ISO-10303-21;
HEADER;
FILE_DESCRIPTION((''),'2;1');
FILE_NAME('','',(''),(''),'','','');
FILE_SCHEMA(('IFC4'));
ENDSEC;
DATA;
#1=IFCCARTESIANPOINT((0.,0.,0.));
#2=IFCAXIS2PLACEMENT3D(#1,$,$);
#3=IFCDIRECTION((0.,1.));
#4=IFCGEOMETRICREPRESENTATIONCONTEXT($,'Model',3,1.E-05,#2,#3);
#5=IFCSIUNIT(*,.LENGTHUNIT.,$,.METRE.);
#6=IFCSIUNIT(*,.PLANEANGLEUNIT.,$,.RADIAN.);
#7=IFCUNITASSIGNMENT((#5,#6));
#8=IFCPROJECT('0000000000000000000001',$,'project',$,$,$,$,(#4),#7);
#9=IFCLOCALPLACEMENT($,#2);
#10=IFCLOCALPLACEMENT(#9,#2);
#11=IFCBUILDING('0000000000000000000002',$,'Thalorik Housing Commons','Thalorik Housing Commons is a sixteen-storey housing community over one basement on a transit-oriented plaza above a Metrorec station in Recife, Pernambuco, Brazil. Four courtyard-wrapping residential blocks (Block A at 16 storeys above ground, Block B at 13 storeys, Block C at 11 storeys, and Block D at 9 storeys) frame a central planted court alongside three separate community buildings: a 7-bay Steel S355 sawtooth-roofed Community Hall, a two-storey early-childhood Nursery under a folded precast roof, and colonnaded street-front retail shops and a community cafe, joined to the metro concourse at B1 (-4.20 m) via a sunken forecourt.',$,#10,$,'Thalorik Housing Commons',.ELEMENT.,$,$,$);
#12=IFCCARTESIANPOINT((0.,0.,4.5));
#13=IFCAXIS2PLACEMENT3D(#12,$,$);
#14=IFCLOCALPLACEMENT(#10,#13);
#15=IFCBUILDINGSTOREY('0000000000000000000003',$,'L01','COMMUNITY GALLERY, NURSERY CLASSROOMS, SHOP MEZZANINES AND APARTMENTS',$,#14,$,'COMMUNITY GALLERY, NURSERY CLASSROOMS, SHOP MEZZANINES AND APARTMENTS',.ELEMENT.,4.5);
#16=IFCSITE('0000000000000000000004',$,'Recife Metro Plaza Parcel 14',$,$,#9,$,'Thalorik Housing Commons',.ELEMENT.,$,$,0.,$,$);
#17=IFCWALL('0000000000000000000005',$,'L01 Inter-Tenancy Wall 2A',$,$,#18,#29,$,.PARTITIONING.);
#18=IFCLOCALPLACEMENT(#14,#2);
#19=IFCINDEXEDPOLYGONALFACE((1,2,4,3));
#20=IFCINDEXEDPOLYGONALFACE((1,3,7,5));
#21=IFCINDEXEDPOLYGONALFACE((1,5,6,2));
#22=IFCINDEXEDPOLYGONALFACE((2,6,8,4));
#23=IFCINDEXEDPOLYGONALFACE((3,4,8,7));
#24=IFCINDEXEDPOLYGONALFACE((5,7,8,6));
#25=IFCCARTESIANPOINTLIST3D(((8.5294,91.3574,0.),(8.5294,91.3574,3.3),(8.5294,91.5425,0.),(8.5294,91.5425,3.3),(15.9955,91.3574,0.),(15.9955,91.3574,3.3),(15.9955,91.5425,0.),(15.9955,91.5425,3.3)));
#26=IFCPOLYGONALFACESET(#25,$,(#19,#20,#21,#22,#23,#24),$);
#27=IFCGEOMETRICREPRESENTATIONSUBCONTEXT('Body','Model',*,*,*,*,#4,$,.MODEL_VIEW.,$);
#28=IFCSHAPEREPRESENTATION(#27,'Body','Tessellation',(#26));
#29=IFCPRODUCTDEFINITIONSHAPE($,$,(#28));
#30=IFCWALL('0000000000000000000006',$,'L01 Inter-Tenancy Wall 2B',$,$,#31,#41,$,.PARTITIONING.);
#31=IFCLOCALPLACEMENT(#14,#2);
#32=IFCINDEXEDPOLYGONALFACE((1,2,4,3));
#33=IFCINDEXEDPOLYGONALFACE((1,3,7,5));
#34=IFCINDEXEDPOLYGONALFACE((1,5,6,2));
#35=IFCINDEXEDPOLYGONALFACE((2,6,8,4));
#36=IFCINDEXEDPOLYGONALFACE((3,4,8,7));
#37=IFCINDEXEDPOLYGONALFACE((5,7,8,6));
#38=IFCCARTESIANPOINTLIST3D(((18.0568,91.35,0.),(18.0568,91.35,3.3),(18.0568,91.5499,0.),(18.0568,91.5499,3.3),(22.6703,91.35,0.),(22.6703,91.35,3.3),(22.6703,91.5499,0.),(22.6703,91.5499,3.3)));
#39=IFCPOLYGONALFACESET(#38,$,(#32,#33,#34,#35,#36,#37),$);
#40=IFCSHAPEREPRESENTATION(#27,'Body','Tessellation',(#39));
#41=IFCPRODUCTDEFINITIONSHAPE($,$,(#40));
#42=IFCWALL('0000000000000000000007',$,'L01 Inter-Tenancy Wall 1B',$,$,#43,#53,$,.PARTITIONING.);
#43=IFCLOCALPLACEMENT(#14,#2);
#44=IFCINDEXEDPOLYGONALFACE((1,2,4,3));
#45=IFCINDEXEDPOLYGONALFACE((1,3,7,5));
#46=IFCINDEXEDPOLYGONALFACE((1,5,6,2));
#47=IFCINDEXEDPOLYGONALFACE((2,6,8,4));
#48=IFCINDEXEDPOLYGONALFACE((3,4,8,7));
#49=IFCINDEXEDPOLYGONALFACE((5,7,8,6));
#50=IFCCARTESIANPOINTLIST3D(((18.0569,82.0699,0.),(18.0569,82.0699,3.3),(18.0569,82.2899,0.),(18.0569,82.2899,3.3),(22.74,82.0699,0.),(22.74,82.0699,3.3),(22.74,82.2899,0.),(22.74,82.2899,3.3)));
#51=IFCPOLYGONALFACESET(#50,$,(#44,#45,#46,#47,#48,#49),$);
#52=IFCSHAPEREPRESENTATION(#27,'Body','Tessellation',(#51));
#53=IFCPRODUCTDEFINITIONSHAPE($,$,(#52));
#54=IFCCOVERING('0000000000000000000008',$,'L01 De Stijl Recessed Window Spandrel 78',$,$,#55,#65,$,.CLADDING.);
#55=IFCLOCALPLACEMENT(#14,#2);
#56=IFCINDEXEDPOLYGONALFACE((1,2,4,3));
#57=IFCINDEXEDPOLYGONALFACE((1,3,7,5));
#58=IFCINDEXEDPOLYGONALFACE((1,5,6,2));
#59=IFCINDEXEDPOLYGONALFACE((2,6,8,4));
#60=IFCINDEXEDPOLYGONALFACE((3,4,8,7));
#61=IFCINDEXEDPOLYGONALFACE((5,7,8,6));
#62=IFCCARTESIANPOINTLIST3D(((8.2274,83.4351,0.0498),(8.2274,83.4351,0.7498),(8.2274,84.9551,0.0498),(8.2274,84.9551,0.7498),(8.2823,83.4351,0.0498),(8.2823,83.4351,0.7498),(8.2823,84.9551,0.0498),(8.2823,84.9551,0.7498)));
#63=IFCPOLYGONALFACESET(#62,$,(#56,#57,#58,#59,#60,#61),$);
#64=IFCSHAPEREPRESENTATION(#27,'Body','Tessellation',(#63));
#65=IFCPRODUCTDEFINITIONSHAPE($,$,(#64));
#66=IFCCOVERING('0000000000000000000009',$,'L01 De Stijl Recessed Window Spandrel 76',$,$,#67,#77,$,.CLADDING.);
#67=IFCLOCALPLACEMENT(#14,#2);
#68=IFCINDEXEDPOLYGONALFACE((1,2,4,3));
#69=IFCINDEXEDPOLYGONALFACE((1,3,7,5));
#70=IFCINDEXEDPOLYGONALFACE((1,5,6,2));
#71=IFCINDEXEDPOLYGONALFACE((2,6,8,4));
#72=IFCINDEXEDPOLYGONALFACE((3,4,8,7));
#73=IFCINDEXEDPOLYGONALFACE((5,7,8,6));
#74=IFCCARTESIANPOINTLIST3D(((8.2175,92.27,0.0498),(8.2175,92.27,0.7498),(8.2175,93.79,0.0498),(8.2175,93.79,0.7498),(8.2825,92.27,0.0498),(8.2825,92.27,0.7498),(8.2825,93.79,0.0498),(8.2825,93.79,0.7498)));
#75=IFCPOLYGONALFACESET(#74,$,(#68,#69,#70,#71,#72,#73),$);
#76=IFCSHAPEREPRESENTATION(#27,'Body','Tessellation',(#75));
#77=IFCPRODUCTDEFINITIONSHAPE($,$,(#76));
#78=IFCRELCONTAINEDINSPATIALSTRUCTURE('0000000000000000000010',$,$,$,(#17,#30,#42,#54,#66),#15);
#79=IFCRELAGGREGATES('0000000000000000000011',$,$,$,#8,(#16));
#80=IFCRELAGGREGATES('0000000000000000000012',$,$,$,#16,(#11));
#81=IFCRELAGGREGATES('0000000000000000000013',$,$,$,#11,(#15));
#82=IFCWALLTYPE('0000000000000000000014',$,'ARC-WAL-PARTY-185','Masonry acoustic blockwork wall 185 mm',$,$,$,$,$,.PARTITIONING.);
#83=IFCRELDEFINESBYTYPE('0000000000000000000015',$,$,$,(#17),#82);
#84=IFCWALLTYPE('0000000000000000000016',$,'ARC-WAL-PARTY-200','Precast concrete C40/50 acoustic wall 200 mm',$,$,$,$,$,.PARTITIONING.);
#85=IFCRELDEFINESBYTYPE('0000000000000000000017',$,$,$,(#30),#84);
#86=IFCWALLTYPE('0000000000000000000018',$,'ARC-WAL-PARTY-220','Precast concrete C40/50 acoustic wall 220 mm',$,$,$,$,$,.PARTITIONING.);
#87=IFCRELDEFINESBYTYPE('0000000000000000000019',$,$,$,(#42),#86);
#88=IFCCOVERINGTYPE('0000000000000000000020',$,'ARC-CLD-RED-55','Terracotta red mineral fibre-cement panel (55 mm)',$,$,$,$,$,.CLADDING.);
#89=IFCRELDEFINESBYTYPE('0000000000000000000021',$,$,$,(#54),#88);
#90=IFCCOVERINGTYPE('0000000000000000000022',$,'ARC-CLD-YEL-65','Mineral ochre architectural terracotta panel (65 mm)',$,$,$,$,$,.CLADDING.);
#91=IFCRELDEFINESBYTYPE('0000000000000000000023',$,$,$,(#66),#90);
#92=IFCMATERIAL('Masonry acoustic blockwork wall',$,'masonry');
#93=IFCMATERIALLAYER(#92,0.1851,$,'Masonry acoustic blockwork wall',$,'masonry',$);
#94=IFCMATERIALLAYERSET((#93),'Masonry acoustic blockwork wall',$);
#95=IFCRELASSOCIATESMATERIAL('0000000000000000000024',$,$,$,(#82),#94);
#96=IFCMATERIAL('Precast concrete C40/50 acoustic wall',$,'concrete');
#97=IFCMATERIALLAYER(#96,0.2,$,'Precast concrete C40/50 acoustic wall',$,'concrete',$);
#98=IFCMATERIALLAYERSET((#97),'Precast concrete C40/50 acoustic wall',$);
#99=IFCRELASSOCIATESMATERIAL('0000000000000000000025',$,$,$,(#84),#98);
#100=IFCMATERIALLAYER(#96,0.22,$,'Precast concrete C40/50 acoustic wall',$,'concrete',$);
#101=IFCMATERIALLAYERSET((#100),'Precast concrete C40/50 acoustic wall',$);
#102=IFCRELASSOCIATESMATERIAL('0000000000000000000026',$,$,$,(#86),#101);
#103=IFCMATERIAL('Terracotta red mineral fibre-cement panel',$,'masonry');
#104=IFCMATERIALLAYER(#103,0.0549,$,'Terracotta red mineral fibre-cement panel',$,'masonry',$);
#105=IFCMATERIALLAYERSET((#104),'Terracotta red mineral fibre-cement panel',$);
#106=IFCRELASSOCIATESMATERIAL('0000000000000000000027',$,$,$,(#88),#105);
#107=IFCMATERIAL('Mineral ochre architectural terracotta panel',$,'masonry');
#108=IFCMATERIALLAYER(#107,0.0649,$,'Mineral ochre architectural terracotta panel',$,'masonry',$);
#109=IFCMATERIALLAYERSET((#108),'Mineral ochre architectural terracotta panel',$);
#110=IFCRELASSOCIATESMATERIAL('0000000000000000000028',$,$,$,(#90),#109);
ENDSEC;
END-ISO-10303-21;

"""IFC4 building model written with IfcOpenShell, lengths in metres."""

from ifc_helpers import new_model, si_unit, direction, frame, frame_2d, origin, origin_2d, place, context, subcontext, project, spatial, rectangle, extrude, material, layer, layer_set, type_object, element, save


model = new_model("IFC4")

# Units and contexts
model_context = context("Model", 3, precision=1e-05, world=origin(), true_north=direction((0.0, 1.0)))
body_context = subcontext(model_context, "Body", "Model", "MODEL_VIEW")
ifc_project = project(units=[si_unit("LENGTHUNIT", "METRE"), si_unit("PLANEANGLEUNIT", "RADIAN")], contexts=[model_context])

# Site, building, storey
site_placement = place(None, origin())
site = spatial("IfcSite", under=ifc_project, at=site_placement, Name="Recife Metro Plaza Parcel 14", LongName="Thalorik Housing Commons", CompositionType="ELEMENT", RefElevation=0.0)
building_placement = place(site_placement, origin())
building = spatial("IfcBuilding", under=site, at=building_placement, Name="Thalorik Housing Commons", Description="Thalorik Housing Commons is a sixteen-storey housing community over one basement on a transit-oriented plaza above a Metrorec station in Recife, Pernambuco, Brazil. Four courtyard-wrapping residential blocks (Block A at 16 storeys above ground, Block B at 13 storeys, Block C at 11 storeys, and Block D at 9 storeys) frame a central planted court alongside three separate community buildings: a 7-bay Steel S355 sawtooth-roofed Community Hall, a two-storey early-childhood Nursery under a folded precast roof, and colonnaded street-front retail shops and a community cafe, joined to the metro concourse at B1 (-4.20 m) via a sunken forecourt.", LongName="Thalorik Housing Commons", CompositionType="ELEMENT")
storey_placement = place(building_placement, frame((0.0, 0.0, 4.5)))
storey = spatial("IfcBuildingStorey", under=building, at=storey_placement, Name="L01", Description="COMMUNITY GALLERY, NURSERY CLASSROOMS, SHOP MEZZANINES AND APARTMENTS", LongName="COMMUNITY GALLERY, NURSERY CLASSROOMS, SHOP MEZZANINES AND APARTMENTS", CompositionType="ELEMENT", Elevation=4.5)

# Walls
ifc_material_1 = material(Name="Masonry acoustic blockwork wall", Category="masonry")
ifc_layer_1 = layer(ifc_material_1, 0.1851, Name="Masonry acoustic blockwork wall", Category="masonry")
ifc_layer_set_1 = layer_set([ifc_layer_1], Name="Masonry acoustic blockwork wall")
wall_type_1 = type_object("IfcWallType", Name="ARC-WAL-PARTY-185", Description="Masonry acoustic blockwork wall 185 mm", PredefinedType="PARTITIONING", material=ifc_layer_set_1)
wall_1_placement = place(storey_placement, frame((8.5295, 91.45, 0.0), z_axis=(0.0, 0.0, 1.0), x_axis=(1.0, 0.0, 0.0)))
element("IfcWall", 1, at=wall_1_placement, inside=storey, type_object=wall_type_1, Name="L01 Inter-Tenancy Wall 2A", PredefinedType="PARTITIONING", context=body_context, shape_type="SweptSolid", body=[
    extrude(rectangle(XDim=7.4661, YDim=0.1851, at=frame_2d((3.7329, 0.0))), origin(), (0.0, 0.0, 1.0), 3.3),
])
ifc_material_2 = material(Name="Precast concrete C40/50 acoustic wall", Category="concrete")
ifc_layer_2 = layer(ifc_material_2, 0.2, Name="Precast concrete C40/50 acoustic wall", Category="concrete")
ifc_layer_set_2 = layer_set([ifc_layer_2], Name="Precast concrete C40/50 acoustic wall")
wall_type_2 = type_object("IfcWallType", Name="ARC-WAL-PARTY-200", Description="Precast concrete C40/50 acoustic wall 200 mm", PredefinedType="PARTITIONING", material=ifc_layer_set_2)
wall_2_placement = place(storey_placement, frame((18.0569, 91.45, 0.0), z_axis=(0.0, 0.0, 1.0), x_axis=(1.0, 0.0, 0.0)))
element("IfcWall", 2, at=wall_2_placement, inside=storey, type_object=wall_type_2, Name="L01 Inter-Tenancy Wall 2B", PredefinedType="PARTITIONING", context=body_context, shape_type="SweptSolid", body=[
    extrude(rectangle(XDim=4.6135, YDim=0.2, at=frame_2d((2.3066, 0.0))), origin(), (0.0, 0.0, 1.0), 3.3),
])
ifc_layer_3 = layer(ifc_material_2, 0.22, Name="Precast concrete C40/50 acoustic wall", Category="concrete")
ifc_layer_set_3 = layer_set([ifc_layer_3], Name="Precast concrete C40/50 acoustic wall")
wall_type_3 = type_object("IfcWallType", Name="ARC-WAL-PARTY-220", Description="Precast concrete C40/50 acoustic wall 220 mm", PredefinedType="PARTITIONING", material=ifc_layer_set_3)
wall_3_placement = place(storey_placement, frame((18.0569, 82.1799, 0.0), z_axis=(0.0, 0.0, 1.0), x_axis=(1.0, 0.0, 0.0)))
element("IfcWall", 3, at=wall_3_placement, inside=storey, type_object=wall_type_3, Name="L01 Inter-Tenancy Wall 1B", PredefinedType="PARTITIONING", context=body_context, shape_type="SweptSolid", body=[
    extrude(rectangle(XDim=4.6831, YDim=0.22, at=frame_2d((2.3416, 0.0))), origin(), (0.0, 0.0, 1.0), 3.3),
])

# Coverings
ifc_material_3 = material(Name="Terracotta red mineral fibre-cement panel", Category="masonry")
ifc_layer_4 = layer(ifc_material_3, 0.0549, Name="Terracotta red mineral fibre-cement panel", Category="masonry")
ifc_layer_set_4 = layer_set([ifc_layer_4], Name="Terracotta red mineral fibre-cement panel")
covering_type_1 = type_object("IfcCoveringType", Name="ARC-CLD-RED-55", Description="Terracotta red mineral fibre-cement panel (55 mm)", PredefinedType="CLADDING", material=ifc_layer_set_4)
covering_1_placement = place(storey_placement, frame((8.2549, 84.1951, 0.0498), z_axis=(0.0, 0.0, 1.0), x_axis=(0.0, -1.0, 0.0)))
element("IfcCovering", 4, at=covering_1_placement, inside=storey, type_object=covering_type_1, Name="L01 De Stijl Recessed Window Spandrel 78", PredefinedType="CLADDING", context=body_context, shape_type="SweptSolid", body=[
    extrude(rectangle(XDim=1.52, YDim=0.0549, at=origin_2d()), origin(), (0.0, 0.0, 1.0), 0.7),
])
ifc_material_4 = material(Name="Mineral ochre architectural terracotta panel", Category="masonry")
ifc_layer_5 = layer(ifc_material_4, 0.0649, Name="Mineral ochre architectural terracotta panel", Category="masonry")
ifc_layer_set_5 = layer_set([ifc_layer_5], Name="Mineral ochre architectural terracotta panel")
covering_type_2 = type_object("IfcCoveringType", Name="ARC-CLD-YEL-65", Description="Mineral ochre architectural terracotta panel (65 mm)", PredefinedType="CLADDING", material=ifc_layer_set_5)
covering_2_placement = place(storey_placement, frame((8.25, 93.03, 0.0498), z_axis=(0.0, 0.0, 1.0), x_axis=(0.0, -1.0, 0.0)))
element("IfcCovering", 5, at=covering_2_placement, inside=storey, type_object=covering_type_2, Name="L01 De Stijl Recessed Window Spandrel 76", PredefinedType="CLADDING", context=body_context, shape_type="SweptSolid", body=[
    extrude(rectangle(XDim=1.52, YDim=0.0649, at=origin_2d()), origin(), (0.0, 0.0, 1.0), 0.7),
])

save(model, "model.ifc")
